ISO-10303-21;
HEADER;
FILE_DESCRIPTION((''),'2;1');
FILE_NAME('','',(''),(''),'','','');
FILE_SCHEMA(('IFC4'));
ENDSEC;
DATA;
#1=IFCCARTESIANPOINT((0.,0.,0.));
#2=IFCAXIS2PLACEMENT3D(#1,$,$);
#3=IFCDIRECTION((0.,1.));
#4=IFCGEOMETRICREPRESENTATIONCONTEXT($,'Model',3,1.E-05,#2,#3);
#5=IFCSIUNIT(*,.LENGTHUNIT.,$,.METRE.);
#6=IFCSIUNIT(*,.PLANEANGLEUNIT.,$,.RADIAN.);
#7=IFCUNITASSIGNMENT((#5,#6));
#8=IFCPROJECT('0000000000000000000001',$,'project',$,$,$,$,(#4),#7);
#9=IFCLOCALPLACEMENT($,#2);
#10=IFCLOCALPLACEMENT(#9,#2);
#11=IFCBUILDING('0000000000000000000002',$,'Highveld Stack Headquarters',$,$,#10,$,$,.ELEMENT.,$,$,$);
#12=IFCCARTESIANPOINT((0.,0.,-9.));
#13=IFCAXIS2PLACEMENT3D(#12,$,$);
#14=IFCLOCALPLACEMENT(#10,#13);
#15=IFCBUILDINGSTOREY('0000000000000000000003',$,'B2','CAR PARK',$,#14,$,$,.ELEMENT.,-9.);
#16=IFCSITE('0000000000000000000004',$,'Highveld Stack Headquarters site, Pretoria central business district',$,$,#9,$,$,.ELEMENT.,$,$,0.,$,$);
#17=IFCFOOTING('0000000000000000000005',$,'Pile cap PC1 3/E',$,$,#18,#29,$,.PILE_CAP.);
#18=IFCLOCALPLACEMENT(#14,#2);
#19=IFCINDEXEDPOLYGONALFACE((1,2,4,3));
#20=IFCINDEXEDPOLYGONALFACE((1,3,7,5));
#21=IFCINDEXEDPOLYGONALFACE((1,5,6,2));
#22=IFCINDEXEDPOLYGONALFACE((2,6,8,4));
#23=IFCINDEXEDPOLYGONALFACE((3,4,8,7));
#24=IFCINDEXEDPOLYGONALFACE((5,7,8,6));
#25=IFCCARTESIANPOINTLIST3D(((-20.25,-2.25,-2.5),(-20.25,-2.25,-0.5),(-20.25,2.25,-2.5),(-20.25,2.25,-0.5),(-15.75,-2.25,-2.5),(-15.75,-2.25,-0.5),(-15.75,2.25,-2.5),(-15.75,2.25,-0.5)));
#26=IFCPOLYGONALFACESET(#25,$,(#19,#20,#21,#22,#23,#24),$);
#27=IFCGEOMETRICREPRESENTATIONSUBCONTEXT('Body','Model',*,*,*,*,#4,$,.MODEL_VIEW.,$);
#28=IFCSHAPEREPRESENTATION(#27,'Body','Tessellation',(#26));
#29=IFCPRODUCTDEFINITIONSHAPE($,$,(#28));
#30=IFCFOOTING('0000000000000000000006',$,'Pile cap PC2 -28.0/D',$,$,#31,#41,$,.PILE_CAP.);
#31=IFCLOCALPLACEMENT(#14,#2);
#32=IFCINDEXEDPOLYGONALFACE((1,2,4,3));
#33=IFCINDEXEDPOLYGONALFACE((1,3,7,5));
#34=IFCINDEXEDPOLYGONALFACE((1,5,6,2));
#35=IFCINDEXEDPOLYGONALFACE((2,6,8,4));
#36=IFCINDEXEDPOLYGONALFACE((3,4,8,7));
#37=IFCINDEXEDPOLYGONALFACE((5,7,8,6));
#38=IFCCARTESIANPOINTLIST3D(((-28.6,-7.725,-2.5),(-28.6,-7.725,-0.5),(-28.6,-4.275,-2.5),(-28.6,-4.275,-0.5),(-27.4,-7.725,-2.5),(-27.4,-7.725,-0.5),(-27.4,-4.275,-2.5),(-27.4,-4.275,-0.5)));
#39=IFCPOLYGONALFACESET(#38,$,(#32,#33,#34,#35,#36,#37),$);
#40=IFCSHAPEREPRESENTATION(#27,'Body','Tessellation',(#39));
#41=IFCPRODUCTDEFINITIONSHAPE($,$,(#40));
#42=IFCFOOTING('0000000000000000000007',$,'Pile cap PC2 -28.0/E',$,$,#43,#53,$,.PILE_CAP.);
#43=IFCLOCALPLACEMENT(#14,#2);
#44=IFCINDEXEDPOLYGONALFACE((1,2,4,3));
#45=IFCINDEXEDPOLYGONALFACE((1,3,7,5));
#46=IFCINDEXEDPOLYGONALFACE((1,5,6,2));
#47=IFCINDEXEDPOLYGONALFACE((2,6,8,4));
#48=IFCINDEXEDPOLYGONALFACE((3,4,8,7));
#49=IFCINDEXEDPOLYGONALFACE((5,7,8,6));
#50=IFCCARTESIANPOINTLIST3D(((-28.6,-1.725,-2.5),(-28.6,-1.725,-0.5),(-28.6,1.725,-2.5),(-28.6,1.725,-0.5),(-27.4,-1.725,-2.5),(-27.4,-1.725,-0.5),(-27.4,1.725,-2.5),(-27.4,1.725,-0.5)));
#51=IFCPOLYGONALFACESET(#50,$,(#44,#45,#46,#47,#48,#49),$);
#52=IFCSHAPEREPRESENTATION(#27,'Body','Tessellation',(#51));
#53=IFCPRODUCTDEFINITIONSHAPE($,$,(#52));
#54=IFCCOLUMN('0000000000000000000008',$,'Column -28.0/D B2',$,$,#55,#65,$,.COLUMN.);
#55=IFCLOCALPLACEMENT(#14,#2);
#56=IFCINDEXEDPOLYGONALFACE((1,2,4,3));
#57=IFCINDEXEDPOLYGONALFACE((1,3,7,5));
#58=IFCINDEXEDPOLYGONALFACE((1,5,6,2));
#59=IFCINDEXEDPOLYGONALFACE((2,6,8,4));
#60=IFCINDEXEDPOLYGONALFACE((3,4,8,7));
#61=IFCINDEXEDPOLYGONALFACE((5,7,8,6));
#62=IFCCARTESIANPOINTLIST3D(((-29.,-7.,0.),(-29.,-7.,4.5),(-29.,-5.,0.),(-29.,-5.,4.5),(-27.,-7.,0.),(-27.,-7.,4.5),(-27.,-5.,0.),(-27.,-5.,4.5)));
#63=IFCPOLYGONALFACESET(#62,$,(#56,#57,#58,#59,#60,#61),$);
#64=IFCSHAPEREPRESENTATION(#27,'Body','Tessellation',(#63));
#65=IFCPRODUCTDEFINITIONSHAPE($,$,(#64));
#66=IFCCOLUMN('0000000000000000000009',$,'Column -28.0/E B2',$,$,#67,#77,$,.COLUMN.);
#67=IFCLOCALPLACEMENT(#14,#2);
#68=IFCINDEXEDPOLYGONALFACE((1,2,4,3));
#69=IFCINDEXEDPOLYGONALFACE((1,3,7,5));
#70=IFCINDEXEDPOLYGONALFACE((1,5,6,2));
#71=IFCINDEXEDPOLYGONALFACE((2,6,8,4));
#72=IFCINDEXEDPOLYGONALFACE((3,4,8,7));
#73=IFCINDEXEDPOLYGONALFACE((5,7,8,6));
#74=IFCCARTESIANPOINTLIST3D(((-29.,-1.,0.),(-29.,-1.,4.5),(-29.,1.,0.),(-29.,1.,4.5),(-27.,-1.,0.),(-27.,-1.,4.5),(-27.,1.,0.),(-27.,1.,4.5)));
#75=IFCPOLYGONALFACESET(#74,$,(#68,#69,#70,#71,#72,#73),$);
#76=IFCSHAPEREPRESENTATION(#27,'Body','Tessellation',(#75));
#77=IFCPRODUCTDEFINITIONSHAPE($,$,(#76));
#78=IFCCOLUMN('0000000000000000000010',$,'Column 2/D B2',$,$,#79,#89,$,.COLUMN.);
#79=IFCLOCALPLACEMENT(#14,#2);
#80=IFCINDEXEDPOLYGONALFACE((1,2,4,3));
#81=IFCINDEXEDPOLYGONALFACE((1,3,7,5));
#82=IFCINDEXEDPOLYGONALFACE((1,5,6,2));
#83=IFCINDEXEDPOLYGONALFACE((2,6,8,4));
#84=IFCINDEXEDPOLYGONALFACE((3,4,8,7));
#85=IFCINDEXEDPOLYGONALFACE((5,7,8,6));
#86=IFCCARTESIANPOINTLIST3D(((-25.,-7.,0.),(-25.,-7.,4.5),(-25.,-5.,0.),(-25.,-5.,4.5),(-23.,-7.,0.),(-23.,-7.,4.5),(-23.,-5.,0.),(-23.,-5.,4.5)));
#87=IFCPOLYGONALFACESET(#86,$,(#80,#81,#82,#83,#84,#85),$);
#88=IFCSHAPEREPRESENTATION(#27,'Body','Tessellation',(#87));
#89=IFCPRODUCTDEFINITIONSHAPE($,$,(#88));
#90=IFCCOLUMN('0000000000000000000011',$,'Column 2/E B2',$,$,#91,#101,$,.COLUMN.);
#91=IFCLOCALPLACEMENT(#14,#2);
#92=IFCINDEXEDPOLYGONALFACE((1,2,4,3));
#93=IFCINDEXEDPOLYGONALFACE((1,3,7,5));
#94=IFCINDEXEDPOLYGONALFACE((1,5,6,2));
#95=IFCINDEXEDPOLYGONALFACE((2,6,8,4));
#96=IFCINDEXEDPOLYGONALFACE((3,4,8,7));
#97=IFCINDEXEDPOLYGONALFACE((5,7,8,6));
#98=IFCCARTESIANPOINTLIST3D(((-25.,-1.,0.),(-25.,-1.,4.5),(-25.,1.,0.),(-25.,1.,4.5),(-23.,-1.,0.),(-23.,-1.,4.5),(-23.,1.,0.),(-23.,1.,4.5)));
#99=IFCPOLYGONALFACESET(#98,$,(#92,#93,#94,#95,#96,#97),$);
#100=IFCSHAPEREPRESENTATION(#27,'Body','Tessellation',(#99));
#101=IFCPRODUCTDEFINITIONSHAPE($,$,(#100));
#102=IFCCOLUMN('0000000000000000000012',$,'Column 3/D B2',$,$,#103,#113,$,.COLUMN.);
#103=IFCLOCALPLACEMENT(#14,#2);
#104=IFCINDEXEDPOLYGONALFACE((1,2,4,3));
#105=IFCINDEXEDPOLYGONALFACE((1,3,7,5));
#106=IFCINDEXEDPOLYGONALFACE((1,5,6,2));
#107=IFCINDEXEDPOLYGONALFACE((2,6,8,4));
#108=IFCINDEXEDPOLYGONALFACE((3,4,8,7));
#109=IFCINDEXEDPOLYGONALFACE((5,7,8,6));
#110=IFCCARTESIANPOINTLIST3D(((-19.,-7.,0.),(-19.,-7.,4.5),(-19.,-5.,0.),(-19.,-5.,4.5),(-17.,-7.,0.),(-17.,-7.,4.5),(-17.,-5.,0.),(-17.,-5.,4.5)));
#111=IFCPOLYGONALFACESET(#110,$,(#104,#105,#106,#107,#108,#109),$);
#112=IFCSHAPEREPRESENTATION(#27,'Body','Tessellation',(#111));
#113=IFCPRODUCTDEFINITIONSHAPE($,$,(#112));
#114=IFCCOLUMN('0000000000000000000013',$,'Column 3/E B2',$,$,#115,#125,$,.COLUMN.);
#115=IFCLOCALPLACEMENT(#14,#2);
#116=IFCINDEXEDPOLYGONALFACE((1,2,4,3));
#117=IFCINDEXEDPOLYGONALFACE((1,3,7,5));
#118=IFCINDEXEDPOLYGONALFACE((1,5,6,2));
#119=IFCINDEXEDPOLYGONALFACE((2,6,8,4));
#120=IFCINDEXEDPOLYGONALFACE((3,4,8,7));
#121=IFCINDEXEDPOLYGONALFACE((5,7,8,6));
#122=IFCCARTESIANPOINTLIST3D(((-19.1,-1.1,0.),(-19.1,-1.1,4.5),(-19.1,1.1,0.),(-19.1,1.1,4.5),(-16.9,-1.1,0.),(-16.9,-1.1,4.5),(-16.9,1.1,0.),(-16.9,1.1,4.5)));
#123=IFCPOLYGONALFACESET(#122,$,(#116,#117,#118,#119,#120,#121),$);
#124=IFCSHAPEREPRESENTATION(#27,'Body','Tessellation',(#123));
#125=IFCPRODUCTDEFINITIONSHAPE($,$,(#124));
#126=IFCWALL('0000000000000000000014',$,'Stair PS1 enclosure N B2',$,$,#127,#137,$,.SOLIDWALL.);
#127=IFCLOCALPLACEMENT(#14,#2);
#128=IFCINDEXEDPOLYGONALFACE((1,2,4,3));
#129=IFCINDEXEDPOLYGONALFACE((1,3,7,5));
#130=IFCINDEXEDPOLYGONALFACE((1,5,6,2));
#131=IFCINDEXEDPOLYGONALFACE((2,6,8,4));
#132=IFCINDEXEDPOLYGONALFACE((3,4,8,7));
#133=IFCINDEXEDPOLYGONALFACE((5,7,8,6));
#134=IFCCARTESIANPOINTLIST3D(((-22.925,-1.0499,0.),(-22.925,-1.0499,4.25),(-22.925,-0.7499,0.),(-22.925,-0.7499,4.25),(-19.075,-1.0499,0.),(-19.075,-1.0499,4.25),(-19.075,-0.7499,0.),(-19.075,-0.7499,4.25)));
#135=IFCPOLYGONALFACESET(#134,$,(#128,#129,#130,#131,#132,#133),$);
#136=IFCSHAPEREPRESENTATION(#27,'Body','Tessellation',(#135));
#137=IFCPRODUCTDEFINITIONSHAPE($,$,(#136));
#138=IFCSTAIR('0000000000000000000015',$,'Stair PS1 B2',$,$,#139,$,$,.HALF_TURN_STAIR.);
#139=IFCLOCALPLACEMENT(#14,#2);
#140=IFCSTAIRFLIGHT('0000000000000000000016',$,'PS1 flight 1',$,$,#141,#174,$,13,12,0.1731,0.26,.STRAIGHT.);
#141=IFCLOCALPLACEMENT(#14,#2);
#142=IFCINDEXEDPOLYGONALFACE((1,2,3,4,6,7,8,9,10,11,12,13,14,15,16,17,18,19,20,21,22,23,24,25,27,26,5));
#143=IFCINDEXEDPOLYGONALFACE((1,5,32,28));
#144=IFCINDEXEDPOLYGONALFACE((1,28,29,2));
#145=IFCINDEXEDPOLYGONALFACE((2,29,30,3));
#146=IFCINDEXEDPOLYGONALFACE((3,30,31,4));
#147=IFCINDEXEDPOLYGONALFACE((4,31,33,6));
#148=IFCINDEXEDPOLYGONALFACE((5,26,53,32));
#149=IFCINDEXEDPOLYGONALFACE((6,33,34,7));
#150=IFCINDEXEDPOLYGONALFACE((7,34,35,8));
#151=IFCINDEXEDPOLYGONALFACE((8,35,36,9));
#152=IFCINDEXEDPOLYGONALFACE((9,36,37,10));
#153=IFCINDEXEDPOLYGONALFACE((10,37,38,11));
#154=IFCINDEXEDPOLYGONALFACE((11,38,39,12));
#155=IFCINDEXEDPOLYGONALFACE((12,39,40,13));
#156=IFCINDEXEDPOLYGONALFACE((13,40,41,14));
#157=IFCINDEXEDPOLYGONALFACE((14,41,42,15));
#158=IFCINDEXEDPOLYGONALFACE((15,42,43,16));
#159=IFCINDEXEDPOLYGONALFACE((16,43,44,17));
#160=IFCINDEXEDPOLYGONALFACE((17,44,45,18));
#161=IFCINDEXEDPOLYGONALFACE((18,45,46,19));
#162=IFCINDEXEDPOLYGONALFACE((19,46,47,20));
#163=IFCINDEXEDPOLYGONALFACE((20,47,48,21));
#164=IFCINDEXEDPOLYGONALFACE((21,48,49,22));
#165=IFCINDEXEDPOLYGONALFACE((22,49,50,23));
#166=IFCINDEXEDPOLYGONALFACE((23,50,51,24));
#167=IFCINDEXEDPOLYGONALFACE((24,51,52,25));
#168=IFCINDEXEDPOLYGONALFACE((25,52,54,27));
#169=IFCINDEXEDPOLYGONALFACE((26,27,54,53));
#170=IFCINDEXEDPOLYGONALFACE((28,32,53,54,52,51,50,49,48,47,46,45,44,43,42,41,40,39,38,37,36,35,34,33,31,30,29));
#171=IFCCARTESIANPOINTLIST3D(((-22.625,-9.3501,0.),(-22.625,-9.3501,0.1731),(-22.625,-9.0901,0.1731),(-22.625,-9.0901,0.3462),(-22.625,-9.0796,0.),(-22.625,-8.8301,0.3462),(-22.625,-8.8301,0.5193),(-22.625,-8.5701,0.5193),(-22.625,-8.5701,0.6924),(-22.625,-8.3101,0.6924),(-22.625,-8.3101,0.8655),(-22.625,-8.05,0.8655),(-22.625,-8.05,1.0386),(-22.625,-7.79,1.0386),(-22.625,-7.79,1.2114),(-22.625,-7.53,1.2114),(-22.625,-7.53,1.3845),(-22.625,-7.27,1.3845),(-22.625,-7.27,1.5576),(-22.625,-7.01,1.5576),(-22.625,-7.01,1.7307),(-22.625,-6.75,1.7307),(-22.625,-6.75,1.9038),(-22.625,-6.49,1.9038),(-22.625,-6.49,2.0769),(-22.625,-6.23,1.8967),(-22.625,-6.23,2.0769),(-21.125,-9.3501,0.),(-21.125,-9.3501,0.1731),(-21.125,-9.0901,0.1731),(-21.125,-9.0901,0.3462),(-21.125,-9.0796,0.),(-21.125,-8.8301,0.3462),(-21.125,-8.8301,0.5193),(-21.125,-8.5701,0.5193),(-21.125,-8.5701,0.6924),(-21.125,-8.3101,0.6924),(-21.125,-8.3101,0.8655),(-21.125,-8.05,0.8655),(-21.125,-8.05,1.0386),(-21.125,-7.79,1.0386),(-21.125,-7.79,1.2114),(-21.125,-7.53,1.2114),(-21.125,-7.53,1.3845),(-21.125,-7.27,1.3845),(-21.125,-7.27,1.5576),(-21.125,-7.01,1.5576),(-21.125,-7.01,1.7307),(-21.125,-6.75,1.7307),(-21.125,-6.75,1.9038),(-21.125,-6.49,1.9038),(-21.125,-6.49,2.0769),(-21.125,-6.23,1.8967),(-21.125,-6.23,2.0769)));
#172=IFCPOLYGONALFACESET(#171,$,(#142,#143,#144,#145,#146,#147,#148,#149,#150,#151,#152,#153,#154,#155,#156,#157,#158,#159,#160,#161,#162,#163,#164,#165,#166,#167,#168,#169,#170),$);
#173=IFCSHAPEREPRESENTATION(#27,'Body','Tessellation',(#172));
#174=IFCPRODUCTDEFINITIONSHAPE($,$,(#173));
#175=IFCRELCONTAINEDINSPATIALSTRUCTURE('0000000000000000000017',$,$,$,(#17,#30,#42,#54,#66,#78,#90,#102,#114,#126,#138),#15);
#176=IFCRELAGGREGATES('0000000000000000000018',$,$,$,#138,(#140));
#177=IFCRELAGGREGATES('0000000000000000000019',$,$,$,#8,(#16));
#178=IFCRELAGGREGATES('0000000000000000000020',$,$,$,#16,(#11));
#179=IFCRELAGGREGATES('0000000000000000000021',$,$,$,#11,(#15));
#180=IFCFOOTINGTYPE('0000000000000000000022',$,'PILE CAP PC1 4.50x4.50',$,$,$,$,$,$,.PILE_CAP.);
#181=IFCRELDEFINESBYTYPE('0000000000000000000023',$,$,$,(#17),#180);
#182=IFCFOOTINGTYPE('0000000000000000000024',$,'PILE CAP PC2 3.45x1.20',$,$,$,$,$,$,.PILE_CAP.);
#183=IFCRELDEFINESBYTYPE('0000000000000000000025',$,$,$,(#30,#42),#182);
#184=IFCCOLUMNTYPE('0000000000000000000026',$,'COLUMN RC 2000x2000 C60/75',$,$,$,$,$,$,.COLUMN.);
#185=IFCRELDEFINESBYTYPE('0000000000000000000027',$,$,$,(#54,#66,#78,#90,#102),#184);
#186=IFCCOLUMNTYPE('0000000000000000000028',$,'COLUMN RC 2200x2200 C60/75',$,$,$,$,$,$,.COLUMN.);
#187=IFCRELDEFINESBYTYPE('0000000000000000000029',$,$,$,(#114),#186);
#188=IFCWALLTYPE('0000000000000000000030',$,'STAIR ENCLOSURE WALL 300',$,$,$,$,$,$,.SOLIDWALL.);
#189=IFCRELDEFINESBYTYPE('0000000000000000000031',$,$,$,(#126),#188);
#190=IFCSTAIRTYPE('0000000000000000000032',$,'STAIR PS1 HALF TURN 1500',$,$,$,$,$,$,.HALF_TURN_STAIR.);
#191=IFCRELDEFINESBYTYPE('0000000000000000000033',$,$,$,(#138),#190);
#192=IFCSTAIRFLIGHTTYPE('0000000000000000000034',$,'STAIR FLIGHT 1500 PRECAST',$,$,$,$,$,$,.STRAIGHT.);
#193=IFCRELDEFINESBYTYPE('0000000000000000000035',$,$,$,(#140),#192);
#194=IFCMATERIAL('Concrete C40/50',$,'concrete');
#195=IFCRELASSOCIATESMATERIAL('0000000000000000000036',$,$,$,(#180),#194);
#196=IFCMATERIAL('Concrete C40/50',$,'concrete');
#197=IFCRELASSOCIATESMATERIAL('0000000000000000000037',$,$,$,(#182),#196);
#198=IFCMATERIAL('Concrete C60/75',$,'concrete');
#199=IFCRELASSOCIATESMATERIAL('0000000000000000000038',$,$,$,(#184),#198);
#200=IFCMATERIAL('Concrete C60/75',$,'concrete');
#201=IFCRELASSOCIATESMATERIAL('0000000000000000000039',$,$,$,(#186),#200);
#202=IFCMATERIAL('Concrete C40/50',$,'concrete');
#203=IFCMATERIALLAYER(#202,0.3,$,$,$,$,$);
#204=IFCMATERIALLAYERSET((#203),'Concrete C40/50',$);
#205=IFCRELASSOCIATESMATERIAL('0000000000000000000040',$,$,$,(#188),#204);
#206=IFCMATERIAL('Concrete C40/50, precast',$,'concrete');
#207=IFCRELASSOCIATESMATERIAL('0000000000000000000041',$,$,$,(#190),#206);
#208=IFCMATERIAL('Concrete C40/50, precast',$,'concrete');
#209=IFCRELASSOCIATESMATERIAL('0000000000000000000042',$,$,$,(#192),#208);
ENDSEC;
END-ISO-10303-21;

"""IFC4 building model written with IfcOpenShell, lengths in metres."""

from ifc_helpers import new_model, si_unit, direction, frame, frame_2d, origin, origin_2d, place, context, subcontext, project, spatial, polyline, rectangle, outline, extrude, material, layer, layer_set, material_profile, profile_set, type_object, element, aggregate, save


model = new_model("IFC4")

# Units and contexts
model_context = context("Model", 3, precision=1e-05, world=origin(), true_north=direction((0.0, 1.0)))
body_context = subcontext(model_context, "Body", "Model", "MODEL_VIEW")
ifc_project = project(units=[si_unit("LENGTHUNIT", "METRE"), si_unit("PLANEANGLEUNIT", "RADIAN")], contexts=[model_context])

# Site, building, storey
site_placement = place(None, origin())
site = spatial("IfcSite", under=ifc_project, at=site_placement, Name="Highveld Stack Headquarters site, Pretoria central business district", CompositionType="ELEMENT", RefElevation=0.0)
building_placement = place(site_placement, origin())
building = spatial("IfcBuilding", under=site, at=building_placement, Name="Highveld Stack Headquarters", CompositionType="ELEMENT")
storey_placement = place(building_placement, frame((0.0, 0.0, -9.0)))
storey = spatial("IfcBuildingStorey", under=building, at=storey_placement, Name="B2", Description="CAR PARK", CompositionType="ELEMENT", Elevation=-9.0)

# Footings
ifc_material_1 = material(Name="Concrete C40/50", Category="concrete")
footing_type_1 = type_object("IfcFootingType", Name="PILE CAP PC1 4.50x4.50", PredefinedType="PILE_CAP", material=ifc_material_1)
for number, where, z_axis, x_axis, name in (
    (1, (-18.0, 0.0, -2.5), (0.0, 0.0, 1.0), (1.0, 0.0, 0.0), "Pile cap PC1 3/E"),
):
    element("IfcFooting", number, at=place(storey_placement, frame(where, z_axis=z_axis, x_axis=x_axis)), inside=storey, type_object=footing_type_1, Name=name, PredefinedType="PILE_CAP", context=body_context, shape_type="SweptSolid", body=[
        extrude(rectangle(XDim=4.5, YDim=4.5, at=origin_2d()), origin(), (0.0, 0.0, 1.0), 2.0),
    ])
ifc_material_2 = material(Name="Concrete C40/50", Category="concrete")
footing_type_2 = type_object("IfcFootingType", Name="PILE CAP PC2 3.45x1.20", PredefinedType="PILE_CAP", material=ifc_material_2)
for number, where, z_axis, x_axis, name in (
    (2, (-28.0, -6.0, -2.5), (0.0, 0.0, 1.0), (0.0, 1.0, 0.0), "Pile cap PC2 -28.0/D"),
    (3, (-28.0, 0.0, -2.5), (0.0, 0.0, 1.0), (0.0, 1.0, 0.0), "Pile cap PC2 -28.0/E"),
):
    element("IfcFooting", number, at=place(storey_placement, frame(where, z_axis=z_axis, x_axis=x_axis)), inside=storey, type_object=footing_type_2, Name=name, PredefinedType="PILE_CAP", context=body_context, shape_type="SweptSolid", body=[
        extrude(rectangle(XDim=3.45, YDim=1.2, at=origin_2d()), origin(), (0.0, 0.0, 1.0), 2.0),
    ])

# Columns
ifc_material_3 = material(Name="Concrete C60/75", Category="concrete")
ifc_material_profile_1 = material_profile(ifc_material_3, rectangle(XDim=2.0, YDim=2.0, at=origin_2d()), Name="RC 2000x2000")
ifc_profile_set_1 = profile_set([ifc_material_profile_1], Name="Concrete C60/75")
column_type_1 = type_object("IfcColumnType", Name="COLUMN RC 2000x2000 C60/75", PredefinedType="COLUMN", material=ifc_profile_set_1)
for number, where, z_axis, x_axis, name in (
    (4, (-28.0, -6.0, 0.0), (0.0, 0.0, 1.0), (1.0, 0.0, 0.0), "Column -28.0/D B2"),
    (5, (-28.0, 0.0, 0.0), (0.0, 0.0, 1.0), (1.0, 0.0, 0.0), "Column -28.0/E B2"),
    (6, (-24.0, -6.0, 0.0), (0.0, 0.0, 1.0), (1.0, 0.0, 0.0), "Column 2/D B2"),
    (7, (-24.0, 0.0, 0.0), (0.0, 0.0, 1.0), (1.0, 0.0, 0.0), "Column 2/E B2"),
    (8, (-18.0, -6.0, 0.0), (0.0, 0.0, 1.0), (1.0, 0.0, 0.0), "Column 3/D B2"),
):
    element("IfcColumn", number, at=place(storey_placement, frame(where, z_axis=z_axis, x_axis=x_axis)), inside=storey, type_object=column_type_1, Name=name, PredefinedType="COLUMN", context=body_context, shape_type="SweptSolid", body=[
        extrude(rectangle(XDim=2.0, YDim=2.0, at=origin_2d()), origin(), (0.0, 0.0, 1.0), 4.5),
    ])
ifc_material_4 = material(Name="Concrete C60/75", Category="concrete")
ifc_material_profile_2 = material_profile(ifc_material_4, rectangle(XDim=2.2, YDim=2.2, at=origin_2d()), Name="RC 2200x2200")
ifc_profile_set_2 = profile_set([ifc_material_profile_2], Name="Concrete C60/75")
column_type_2 = type_object("IfcColumnType", Name="COLUMN RC 2200x2200 C60/75", PredefinedType="COLUMN", material=ifc_profile_set_2)
column_placement = place(storey_placement, frame((-18.0, 0.0, 0.0), z_axis=(0.0, 0.0, 1.0), x_axis=(1.0, 0.0, 0.0)))
element("IfcColumn", 9, at=column_placement, inside=storey, type_object=column_type_2, Name="Column 3/E B2", PredefinedType="COLUMN", context=body_context, shape_type="SweptSolid", body=[
    extrude(rectangle(XDim=2.2, YDim=2.2, at=origin_2d()), origin(), (0.0, 0.0, 1.0), 4.5),
])

# Wall
ifc_material_5 = material(Name="Concrete C40/50", Category="concrete")
ifc_layer = layer(ifc_material_5, 0.3)
ifc_layer_set = layer_set([ifc_layer], Name="Concrete C40/50")
wall_type = type_object("IfcWallType", Name="STAIR ENCLOSURE WALL 300", PredefinedType="SOLIDWALL", material=ifc_layer_set)
wall_placement = place(storey_placement, frame((-22.925, -0.8999, 0.0), z_axis=(0.0, 0.0, 1.0), x_axis=(1.0, 0.0, 0.0)))
element("IfcWall", 10, at=wall_placement, inside=storey, type_object=wall_type, Name="Stair PS1 enclosure N B2", PredefinedType="SOLIDWALL", context=body_context, shape_type="SweptSolid", body=[
    extrude(rectangle(XDim=3.8501, YDim=0.3, at=frame_2d((1.925, 0.0))), origin(), (0.0, 0.0, 1.0), 4.25),
])

# Stair, stair flight
ifc_material_6 = material(Name="Concrete C40/50, precast", Category="concrete")
stair_type = type_object("IfcStairType", Name="STAIR PS1 HALF TURN 1500", PredefinedType="HALF_TURN_STAIR", material=ifc_material_6)
stair_placement = place(storey_placement, origin())
stair = element("IfcStair", 11, at=stair_placement, inside=storey, type_object=stair_type, Name="Stair PS1 B2", PredefinedType="HALF_TURN_STAIR")
ifc_material_7 = material(Name="Concrete C40/50, precast", Category="concrete")
stair_flight_type = type_object("IfcStairFlightType", Name="STAIR FLIGHT 1500 PRECAST", PredefinedType="STRAIGHT", material=ifc_material_7)
stair_flight_1_placement = place(storey_placement, frame((-21.875, -9.3501, 0.0), z_axis=(0.0, 0.0, 1.0), x_axis=(0.0, 1.0, 0.0)))
stair_flight_1 = element("IfcStairFlight", 12, at=stair_flight_1_placement, type_object=stair_flight_type, Name="PS1 flight 1", NumberOfRisers=13, NumberOfTreads=12, PredefinedType="STRAIGHT", RiserHeight=0.1731, TreadLength=0.26, context=body_context, shape_type="SweptSolid", body=[
    extrude(outline(polyline([(0.0, 0.0), (0.0, 0.1731), (0.26, 0.1731), (0.26, 0.3462), (0.52, 0.3462), (0.52, 0.5193), (0.78, 0.5193), (0.78, 0.6924), (1.04, 0.6924), (1.04, 0.8655), (1.3, 0.8655), (1.3, 1.0386), (1.5601, 1.0386), (1.5601, 1.2114), (1.8201, 1.2114), (1.8201, 1.3845), (2.0801, 1.3845), (2.0801, 1.5576), (2.3401, 1.5576), (2.3401, 1.7307), (2.6001, 1.7307), (2.6001, 1.9038), (2.8601, 1.9038), (2.8601, 2.0769), (3.1201, 2.0769), (3.1201, 2.25), (3.1201, 1.8967), (0.2705, 0.0), (0.0, 0.0)])), frame((0.0, 0.75, 0.0), z_axis=(0.0, -1.0, 0.0), x_axis=(1.0, 0.0, 0.0)), (0.0, 0.0, 1.0), 1.5),
])
aggregate(stair, [stair_flight_1])

save(model, "model.ifc")
